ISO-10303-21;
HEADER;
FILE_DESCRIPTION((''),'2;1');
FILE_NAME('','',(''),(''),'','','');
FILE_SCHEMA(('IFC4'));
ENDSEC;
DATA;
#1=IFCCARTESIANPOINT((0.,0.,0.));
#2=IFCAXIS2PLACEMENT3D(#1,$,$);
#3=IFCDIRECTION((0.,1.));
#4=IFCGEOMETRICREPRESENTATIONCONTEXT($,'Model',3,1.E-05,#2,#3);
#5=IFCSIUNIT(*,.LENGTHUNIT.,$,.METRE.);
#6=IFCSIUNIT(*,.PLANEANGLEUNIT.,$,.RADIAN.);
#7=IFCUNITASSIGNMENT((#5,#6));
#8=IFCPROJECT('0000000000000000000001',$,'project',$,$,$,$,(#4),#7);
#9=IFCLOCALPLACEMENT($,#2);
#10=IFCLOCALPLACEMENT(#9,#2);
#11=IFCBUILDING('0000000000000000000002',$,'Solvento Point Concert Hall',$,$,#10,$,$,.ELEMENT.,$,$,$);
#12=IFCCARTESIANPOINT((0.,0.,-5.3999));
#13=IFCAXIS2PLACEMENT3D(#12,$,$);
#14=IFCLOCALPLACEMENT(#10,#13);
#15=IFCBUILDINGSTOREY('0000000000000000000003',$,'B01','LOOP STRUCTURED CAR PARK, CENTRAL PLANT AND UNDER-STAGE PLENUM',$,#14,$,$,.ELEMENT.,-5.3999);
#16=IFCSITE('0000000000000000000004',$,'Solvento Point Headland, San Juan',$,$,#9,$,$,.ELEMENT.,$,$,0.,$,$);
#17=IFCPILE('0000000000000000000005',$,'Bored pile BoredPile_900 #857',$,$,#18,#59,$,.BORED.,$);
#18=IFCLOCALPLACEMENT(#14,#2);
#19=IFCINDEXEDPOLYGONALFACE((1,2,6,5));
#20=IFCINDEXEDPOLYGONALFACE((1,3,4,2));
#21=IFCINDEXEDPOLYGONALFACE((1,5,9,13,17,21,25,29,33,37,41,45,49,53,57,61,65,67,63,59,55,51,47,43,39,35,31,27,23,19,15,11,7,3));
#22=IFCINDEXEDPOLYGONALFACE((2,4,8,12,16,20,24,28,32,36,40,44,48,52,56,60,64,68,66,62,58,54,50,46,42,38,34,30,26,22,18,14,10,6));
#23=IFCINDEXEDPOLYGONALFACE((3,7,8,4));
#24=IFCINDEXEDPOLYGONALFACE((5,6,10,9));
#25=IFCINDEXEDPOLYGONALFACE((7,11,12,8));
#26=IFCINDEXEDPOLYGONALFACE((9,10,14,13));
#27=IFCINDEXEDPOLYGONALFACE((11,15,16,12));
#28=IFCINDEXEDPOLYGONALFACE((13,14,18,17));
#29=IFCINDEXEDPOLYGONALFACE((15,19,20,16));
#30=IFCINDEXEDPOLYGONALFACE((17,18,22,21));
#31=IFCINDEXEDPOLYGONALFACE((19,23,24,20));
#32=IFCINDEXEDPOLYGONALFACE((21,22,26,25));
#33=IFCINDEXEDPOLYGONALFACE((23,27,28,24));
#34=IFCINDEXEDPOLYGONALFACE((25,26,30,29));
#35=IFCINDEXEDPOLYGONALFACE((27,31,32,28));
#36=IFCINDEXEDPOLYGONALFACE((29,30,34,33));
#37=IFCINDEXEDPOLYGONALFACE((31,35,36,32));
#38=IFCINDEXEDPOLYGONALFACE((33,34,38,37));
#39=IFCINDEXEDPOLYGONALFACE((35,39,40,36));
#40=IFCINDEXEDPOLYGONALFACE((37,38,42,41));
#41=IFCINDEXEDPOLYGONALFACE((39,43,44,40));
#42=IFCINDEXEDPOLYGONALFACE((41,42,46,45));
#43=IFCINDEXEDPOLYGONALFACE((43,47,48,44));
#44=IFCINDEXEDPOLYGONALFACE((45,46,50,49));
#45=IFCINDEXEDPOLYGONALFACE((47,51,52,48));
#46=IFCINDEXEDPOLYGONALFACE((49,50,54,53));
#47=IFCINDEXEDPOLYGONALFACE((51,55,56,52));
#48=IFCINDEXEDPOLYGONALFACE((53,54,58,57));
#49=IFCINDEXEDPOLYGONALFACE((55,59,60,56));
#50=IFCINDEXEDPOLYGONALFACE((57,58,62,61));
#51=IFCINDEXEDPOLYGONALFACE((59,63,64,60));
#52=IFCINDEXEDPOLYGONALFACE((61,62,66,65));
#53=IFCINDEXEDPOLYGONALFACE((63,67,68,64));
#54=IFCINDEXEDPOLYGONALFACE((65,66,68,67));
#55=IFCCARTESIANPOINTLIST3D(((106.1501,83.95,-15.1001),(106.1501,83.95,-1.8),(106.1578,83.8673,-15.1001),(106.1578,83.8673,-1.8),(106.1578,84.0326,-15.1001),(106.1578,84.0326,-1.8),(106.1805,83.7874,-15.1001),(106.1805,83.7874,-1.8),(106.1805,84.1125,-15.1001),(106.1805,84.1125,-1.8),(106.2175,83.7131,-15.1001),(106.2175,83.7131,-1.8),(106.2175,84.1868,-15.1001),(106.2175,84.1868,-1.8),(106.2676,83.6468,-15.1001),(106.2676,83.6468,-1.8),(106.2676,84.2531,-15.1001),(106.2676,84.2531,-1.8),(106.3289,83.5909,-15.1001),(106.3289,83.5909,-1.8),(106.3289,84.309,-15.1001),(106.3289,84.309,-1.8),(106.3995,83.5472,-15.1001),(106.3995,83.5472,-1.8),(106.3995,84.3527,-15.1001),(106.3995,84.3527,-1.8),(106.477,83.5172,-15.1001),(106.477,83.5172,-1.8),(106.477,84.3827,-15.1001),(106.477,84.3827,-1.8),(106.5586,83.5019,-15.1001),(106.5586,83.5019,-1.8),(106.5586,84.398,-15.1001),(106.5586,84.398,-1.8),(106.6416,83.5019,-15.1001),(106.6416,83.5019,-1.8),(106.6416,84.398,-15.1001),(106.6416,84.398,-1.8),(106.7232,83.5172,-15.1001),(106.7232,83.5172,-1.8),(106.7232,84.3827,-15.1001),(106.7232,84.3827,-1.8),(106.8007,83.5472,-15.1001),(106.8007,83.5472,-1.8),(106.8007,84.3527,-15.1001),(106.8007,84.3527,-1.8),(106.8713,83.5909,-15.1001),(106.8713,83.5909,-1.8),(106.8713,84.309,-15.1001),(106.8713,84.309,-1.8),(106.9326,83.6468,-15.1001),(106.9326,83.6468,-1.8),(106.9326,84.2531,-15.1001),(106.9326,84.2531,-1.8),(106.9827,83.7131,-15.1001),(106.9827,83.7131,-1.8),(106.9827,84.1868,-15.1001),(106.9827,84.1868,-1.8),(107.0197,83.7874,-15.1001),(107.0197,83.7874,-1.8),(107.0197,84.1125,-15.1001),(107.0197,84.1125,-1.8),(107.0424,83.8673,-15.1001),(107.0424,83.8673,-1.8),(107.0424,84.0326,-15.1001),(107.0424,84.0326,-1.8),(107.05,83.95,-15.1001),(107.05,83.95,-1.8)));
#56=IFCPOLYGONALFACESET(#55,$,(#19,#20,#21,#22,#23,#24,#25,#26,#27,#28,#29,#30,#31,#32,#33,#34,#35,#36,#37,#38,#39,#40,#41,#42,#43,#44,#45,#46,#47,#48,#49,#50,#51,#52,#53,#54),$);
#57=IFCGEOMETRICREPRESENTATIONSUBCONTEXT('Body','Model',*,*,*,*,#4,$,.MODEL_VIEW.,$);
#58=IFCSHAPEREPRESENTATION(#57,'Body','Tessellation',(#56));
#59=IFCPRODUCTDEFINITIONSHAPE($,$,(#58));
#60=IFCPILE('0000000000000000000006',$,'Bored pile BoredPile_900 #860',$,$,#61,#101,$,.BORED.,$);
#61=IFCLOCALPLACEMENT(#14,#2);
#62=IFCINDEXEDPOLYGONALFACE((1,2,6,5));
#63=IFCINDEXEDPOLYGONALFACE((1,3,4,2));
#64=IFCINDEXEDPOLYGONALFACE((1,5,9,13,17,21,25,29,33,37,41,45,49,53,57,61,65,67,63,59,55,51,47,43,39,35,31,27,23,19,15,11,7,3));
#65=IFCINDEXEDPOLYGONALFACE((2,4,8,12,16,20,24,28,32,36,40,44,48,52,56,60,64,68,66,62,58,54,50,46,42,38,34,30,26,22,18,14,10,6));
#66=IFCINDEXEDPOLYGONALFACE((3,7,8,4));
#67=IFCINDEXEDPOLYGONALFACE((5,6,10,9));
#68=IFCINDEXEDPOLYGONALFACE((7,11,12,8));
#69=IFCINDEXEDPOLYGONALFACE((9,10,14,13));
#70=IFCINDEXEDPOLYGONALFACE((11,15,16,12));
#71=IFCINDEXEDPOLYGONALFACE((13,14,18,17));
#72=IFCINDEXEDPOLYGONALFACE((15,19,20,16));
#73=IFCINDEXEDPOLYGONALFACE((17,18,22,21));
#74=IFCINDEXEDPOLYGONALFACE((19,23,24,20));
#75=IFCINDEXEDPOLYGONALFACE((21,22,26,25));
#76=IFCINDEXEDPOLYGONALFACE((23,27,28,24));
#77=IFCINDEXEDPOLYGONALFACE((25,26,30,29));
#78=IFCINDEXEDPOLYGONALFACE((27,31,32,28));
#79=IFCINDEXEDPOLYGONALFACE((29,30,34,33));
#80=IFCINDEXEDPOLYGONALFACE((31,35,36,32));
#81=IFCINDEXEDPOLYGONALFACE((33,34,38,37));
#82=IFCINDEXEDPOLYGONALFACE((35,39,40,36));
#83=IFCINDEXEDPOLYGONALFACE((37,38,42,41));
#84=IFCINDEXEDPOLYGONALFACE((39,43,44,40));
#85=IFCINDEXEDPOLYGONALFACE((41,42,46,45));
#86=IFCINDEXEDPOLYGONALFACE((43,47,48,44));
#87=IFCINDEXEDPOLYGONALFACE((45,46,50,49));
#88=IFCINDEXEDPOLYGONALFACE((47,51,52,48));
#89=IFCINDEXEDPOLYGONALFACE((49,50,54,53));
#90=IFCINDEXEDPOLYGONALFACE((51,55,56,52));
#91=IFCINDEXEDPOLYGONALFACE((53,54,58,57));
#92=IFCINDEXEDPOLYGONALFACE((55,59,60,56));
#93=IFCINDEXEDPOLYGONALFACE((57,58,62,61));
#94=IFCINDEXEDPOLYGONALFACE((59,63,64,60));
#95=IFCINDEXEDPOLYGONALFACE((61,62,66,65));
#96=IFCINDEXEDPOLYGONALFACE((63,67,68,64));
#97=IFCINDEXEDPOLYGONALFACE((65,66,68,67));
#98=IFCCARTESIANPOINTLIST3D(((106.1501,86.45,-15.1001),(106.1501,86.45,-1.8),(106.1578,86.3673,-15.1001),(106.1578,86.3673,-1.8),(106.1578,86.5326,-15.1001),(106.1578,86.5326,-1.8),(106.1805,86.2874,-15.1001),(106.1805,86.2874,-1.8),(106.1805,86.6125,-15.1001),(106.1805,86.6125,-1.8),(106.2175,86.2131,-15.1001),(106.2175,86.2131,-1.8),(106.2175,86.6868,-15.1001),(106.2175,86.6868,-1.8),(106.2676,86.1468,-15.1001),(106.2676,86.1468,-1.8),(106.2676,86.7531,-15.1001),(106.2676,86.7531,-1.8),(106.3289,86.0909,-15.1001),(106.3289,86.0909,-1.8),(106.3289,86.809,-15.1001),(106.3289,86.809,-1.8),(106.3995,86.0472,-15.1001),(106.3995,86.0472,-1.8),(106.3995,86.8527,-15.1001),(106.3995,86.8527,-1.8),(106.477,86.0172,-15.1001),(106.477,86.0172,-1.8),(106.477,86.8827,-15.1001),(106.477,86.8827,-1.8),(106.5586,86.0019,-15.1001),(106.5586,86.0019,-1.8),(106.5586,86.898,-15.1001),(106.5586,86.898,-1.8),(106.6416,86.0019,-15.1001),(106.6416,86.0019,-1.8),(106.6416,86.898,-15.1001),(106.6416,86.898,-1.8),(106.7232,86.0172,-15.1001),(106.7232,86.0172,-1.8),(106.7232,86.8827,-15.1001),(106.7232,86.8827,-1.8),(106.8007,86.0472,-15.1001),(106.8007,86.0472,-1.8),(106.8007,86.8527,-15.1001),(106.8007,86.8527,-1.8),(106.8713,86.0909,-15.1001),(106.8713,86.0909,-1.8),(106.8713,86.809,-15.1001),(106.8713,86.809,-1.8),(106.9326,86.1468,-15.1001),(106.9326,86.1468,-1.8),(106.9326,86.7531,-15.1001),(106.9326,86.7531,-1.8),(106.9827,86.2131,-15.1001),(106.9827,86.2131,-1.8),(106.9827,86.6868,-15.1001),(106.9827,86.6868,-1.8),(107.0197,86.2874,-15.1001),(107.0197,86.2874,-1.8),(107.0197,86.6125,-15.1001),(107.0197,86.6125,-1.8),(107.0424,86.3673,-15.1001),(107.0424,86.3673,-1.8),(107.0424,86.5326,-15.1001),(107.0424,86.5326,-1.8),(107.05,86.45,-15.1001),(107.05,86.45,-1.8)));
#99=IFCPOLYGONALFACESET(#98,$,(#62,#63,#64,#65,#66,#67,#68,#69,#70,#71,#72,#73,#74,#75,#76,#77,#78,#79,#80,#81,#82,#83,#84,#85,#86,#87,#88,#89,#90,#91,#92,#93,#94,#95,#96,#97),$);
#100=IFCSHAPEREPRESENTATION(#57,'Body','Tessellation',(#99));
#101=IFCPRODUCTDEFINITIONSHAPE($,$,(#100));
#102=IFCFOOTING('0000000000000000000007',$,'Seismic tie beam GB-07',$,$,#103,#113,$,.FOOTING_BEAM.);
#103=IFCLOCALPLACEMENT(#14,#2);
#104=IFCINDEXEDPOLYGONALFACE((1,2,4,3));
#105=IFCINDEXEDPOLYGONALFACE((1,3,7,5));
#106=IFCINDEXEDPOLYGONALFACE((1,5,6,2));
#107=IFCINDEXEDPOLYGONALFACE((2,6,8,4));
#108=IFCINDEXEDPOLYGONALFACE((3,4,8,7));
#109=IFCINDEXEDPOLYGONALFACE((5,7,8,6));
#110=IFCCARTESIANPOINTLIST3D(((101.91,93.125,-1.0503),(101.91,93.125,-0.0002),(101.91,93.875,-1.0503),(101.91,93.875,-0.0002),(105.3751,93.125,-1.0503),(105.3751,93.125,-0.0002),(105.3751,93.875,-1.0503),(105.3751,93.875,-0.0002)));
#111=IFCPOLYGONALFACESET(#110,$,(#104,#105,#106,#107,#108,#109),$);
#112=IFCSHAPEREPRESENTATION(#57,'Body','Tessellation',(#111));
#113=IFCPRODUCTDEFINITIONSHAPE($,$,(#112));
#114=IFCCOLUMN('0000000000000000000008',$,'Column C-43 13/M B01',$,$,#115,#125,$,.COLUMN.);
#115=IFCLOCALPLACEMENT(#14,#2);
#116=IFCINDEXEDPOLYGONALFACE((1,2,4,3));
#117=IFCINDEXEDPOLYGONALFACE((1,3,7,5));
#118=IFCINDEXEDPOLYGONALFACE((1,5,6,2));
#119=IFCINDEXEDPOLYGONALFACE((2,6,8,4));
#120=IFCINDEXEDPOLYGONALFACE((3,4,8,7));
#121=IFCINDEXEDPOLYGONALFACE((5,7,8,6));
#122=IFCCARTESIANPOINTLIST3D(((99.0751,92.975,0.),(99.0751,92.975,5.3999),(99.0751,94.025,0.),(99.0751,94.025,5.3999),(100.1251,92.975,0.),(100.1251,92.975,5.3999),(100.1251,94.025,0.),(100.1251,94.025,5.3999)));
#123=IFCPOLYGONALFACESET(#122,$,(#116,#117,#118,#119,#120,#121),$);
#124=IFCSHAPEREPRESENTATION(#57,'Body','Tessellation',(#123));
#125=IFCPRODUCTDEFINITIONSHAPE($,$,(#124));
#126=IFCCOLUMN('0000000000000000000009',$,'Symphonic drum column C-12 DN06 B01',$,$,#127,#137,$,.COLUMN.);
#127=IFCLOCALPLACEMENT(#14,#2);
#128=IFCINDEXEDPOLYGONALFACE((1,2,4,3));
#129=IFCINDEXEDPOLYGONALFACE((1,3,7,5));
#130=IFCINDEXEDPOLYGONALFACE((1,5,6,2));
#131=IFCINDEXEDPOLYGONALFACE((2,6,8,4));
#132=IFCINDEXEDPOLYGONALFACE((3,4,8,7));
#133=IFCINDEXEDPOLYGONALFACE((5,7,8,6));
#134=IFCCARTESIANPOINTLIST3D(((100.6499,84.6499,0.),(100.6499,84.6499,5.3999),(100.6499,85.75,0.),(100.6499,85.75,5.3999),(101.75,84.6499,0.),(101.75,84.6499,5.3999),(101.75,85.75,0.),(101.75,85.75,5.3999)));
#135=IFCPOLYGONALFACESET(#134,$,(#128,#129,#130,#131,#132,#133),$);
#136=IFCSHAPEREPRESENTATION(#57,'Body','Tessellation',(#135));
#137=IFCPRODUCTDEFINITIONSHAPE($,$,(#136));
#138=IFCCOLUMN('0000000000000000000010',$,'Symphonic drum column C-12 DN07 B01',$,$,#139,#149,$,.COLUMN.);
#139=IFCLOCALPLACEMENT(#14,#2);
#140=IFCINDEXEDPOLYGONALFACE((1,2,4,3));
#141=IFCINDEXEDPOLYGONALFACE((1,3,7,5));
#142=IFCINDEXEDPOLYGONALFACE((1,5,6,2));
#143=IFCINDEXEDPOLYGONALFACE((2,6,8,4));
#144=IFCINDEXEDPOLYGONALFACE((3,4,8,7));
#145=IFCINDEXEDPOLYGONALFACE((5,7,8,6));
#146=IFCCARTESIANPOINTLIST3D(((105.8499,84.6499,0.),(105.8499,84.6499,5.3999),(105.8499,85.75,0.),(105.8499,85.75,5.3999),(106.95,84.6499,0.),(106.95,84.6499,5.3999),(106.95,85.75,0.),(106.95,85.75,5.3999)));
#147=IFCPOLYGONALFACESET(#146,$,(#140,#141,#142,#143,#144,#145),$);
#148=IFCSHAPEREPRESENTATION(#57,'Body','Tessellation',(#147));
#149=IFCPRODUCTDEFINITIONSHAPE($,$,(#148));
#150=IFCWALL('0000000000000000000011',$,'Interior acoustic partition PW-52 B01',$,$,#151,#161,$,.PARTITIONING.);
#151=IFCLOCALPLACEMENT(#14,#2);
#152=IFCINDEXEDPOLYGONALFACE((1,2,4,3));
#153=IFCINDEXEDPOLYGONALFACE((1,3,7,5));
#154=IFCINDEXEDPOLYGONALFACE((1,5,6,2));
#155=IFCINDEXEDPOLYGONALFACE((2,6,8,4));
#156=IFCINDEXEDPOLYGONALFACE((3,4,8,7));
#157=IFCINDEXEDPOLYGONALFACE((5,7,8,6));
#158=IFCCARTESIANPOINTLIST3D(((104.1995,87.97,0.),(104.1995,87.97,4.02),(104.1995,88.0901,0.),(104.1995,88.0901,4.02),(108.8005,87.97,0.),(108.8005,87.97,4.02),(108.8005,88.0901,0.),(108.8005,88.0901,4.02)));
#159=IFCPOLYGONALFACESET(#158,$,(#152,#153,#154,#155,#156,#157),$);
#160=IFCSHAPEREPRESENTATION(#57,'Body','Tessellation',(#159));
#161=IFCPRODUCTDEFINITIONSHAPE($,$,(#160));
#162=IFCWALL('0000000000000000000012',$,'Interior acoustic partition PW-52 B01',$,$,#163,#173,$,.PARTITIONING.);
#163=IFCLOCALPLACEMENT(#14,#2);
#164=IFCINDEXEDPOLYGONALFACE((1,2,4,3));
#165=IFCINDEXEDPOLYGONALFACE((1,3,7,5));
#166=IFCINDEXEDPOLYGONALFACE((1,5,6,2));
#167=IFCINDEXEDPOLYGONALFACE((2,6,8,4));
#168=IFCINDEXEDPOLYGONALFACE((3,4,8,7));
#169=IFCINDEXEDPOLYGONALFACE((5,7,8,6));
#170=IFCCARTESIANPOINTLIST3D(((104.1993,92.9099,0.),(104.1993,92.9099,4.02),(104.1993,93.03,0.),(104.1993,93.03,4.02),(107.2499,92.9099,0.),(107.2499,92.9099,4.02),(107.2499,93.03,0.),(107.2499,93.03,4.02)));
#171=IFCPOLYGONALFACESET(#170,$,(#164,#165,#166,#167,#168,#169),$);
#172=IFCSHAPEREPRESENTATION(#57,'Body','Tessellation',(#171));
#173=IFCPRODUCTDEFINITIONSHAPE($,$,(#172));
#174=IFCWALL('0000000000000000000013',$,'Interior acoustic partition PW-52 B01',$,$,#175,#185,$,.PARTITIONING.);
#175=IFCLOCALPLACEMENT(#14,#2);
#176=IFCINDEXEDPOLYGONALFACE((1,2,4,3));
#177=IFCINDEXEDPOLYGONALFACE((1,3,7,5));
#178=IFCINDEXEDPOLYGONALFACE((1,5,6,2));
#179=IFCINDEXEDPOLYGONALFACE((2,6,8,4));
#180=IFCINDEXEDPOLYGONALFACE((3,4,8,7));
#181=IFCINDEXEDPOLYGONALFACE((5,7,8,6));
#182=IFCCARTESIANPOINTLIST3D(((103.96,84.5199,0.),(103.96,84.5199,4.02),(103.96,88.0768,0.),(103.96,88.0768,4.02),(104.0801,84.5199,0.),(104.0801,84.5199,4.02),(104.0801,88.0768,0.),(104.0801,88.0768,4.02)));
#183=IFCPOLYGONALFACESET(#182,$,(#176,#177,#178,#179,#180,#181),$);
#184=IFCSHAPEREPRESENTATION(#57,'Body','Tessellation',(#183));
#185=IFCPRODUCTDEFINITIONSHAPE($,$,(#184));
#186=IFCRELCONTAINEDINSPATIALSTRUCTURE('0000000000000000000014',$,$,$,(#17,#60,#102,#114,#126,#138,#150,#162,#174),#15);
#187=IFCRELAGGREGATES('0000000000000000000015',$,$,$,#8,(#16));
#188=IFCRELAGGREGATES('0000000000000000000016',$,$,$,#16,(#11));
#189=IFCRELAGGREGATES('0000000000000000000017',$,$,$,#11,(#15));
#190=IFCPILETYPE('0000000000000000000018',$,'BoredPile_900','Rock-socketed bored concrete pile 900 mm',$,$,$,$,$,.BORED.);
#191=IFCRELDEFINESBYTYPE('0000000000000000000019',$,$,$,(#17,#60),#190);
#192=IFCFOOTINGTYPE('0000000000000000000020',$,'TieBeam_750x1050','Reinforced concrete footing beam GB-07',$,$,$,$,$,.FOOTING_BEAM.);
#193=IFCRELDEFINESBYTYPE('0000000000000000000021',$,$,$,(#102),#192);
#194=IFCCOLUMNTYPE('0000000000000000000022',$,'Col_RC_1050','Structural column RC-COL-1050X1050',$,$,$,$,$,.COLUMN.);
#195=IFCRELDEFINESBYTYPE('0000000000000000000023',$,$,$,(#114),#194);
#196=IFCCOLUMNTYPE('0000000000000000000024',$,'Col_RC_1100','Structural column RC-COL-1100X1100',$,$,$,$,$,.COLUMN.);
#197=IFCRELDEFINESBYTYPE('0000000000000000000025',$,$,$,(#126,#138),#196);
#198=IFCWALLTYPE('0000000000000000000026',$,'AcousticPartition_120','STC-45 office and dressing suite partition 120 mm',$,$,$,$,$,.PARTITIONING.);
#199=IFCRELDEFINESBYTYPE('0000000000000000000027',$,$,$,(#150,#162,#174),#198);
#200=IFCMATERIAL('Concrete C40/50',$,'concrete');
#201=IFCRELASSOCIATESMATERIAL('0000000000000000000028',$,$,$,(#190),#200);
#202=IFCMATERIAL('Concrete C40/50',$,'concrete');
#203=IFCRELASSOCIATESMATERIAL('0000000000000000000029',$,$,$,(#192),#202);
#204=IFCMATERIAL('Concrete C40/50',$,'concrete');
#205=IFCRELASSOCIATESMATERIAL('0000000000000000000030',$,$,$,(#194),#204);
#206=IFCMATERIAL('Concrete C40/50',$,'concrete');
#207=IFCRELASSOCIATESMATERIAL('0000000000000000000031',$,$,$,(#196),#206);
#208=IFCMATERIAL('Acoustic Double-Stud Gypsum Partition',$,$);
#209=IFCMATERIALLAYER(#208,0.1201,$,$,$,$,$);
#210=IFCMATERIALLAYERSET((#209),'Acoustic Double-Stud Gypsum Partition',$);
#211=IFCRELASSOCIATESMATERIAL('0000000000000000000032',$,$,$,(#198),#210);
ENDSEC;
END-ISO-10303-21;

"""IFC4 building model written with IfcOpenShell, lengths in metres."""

from ifc_helpers import new_model, si_unit, direction, frame, frame_2d, origin, origin_2d, place, context, subcontext, project, spatial, rectangle, circle, extrude, material, layer, layer_set, material_profile, profile_set, type_object, element, save


model = new_model("IFC4")

# Units and contexts
model_context = context("Model", 3, precision=1e-05, world=origin(), true_north=direction((0.0, 1.0)))
body_context = subcontext(model_context, "Body", "Model", "MODEL_VIEW")
ifc_project = project(units=[si_unit("LENGTHUNIT", "METRE"), si_unit("PLANEANGLEUNIT", "RADIAN")], contexts=[model_context])

# Site, building, storey
site_placement = place(None, origin())
site = spatial("IfcSite", under=ifc_project, at=site_placement, Name="Solvento Point Headland, San Juan", CompositionType="ELEMENT", RefElevation=0.0)
building_placement = place(site_placement, origin())
building = spatial("IfcBuilding", under=site, at=building_placement, Name="Solvento Point Concert Hall", CompositionType="ELEMENT")
storey_placement = place(building_placement, frame((0.0, 0.0, -5.3999)))
storey = spatial("IfcBuildingStorey", under=building, at=storey_placement, Name="B01", Description="LOOP STRUCTURED CAR PARK, CENTRAL PLANT AND UNDER-STAGE PLENUM", CompositionType="ELEMENT", Elevation=-5.3999)

# Piles
ifc_material_1 = material(Name="Concrete C40/50", Category="concrete")
ifc_material_profile_1 = material_profile(ifc_material_1, circle(Radius=0.45, at=origin_2d()), Name="BP-900")
ifc_profile_set_1 = profile_set([ifc_material_profile_1], Name="Concrete C40/50")
pile_type_1 = type_object("IfcPileType", Name="BoredPile_900", Description="Rock-socketed bored concrete pile 900 mm", PredefinedType="BORED", material=ifc_profile_set_1)
for number, where, z_axis, x_axis, name in (
    (1, (106.6001, 83.95, -1.8), (0.0, 0.0, -1.0), (1.0, 0.0, 0.0), "Bored pile BoredPile_900 #857"),
    (2, (106.6001, 86.45, -1.8), (0.0, 0.0, -1.0), (1.0, 0.0, 0.0), "Bored pile BoredPile_900 #860"),
):
    element("IfcPile", number, at=place(storey_placement, frame(where, z_axis=z_axis, x_axis=x_axis)), inside=storey, type_object=pile_type_1, Name=name, PredefinedType="BORED", context=body_context, shape_type="SweptSolid", body=[
        extrude(circle(Radius=0.45, at=origin_2d()), origin(), (0.0, 0.0, 1.0), 13.3),
    ])

# Footing
ifc_material_2 = material(Name="Concrete C40/50", Category="concrete")
footing_type = type_object("IfcFootingType", Name="TieBeam_750x1050", Description="Reinforced concrete footing beam GB-07", PredefinedType="FOOTING_BEAM", material=ifc_material_2)
footing_placement = place(storey_placement, frame((103.6426, 93.5, -1.0503), z_axis=(0.0, 0.0, 1.0), x_axis=(1.0, 0.0, 0.0)))
element("IfcFooting", 3, at=footing_placement, inside=storey, type_object=footing_type, Name="Seismic tie beam GB-07", PredefinedType="FOOTING_BEAM", context=body_context, shape_type="SweptSolid", body=[
    extrude(rectangle(XDim=3.4651, YDim=0.75, at=origin_2d()), origin(), (0.0, 0.0, 1.0), 1.05),
])

# Columns
ifc_material_3 = material(Name="Concrete C40/50", Category="concrete")
ifc_material_profile_2 = material_profile(ifc_material_3, rectangle(XDim=1.05, YDim=1.05, at=origin_2d()), Name="RC-COL-1050X1050")
ifc_profile_set_2 = profile_set([ifc_material_profile_2], Name="Concrete C40/50")
column_type_1 = type_object("IfcColumnType", Name="Col_RC_1050", Description="Structural column RC-COL-1050X1050", PredefinedType="COLUMN", material=ifc_profile_set_2)
column_placement = place(storey_placement, frame((99.6001, 93.5, 0.0), z_axis=(0.0, 0.0, 1.0), x_axis=(1.0, 0.0, 0.0)))
element("IfcColumn", 4, at=column_placement, inside=storey, type_object=column_type_1, Name="Column C-43 13/M B01", PredefinedType="COLUMN", context=body_context, shape_type="SweptSolid", body=[
    extrude(rectangle(XDim=1.05, YDim=1.05, at=origin_2d()), origin(), (0.0, 0.0, 1.0), 5.3999),
])
ifc_material_4 = material(Name="Concrete C40/50", Category="concrete")
ifc_material_profile_3 = material_profile(ifc_material_4, rectangle(XDim=1.1001, YDim=1.1001, at=origin_2d()), Name="RC-COL-1100X1100")
ifc_profile_set_3 = profile_set([ifc_material_profile_3], Name="Concrete C40/50")
column_type_2 = type_object("IfcColumnType", Name="Col_RC_1100", Description="Structural column RC-COL-1100X1100", PredefinedType="COLUMN", material=ifc_profile_set_3)
for number, where, z_axis, x_axis, name in (
    (5, (101.2, 85.2, 0.0), (0.0, 0.0, 1.0), (1.0, 0.0, 0.0), "Symphonic drum column C-12 DN06 B01"),
    (6, (106.3999, 85.2, 0.0), (0.0, 0.0, 1.0), (1.0, 0.0, 0.0), "Symphonic drum column C-12 DN07 B01"),
):
    element("IfcColumn", number, at=place(storey_placement, frame(where, z_axis=z_axis, x_axis=x_axis)), inside=storey, type_object=column_type_2, Name=name, PredefinedType="COLUMN", context=body_context, shape_type="SweptSolid", body=[
        extrude(rectangle(XDim=1.1001, YDim=1.1001, at=origin_2d()), origin(), (0.0, 0.0, 1.0), 5.3999),
    ])

# Walls
ifc_material_5 = material(Name="Acoustic Double-Stud Gypsum Partition")
ifc_layer_1 = layer(ifc_material_5, 0.1201)
ifc_layer_set_1 = layer_set([ifc_layer_1], Name="Acoustic Double-Stud Gypsum Partition")
wall_type_1 = type_object("IfcWallType", Name="AcousticPartition_120", Description="STC-45 office and dressing suite partition 120 mm", PredefinedType="PARTITIONING", material=ifc_layer_set_1)
wall_1_placement = place(storey_placement, frame((104.1995, 88.03, 0.0), z_axis=(0.0, 0.0, 1.0), x_axis=(1.0, 0.0, 0.0)))
element("IfcWall", 7, at=wall_1_placement, inside=storey, type_object=wall_type_1, Name="Interior acoustic partition PW-52 B01", PredefinedType="PARTITIONING", context=body_context, shape_type="SweptSolid", body=[
    extrude(rectangle(XDim=4.6011, YDim=0.1201, at=frame_2d((2.3005, 0.0))), origin(), (0.0, 0.0, 1.0), 4.02),
])
wall_2_placement = place(storey_placement, frame((107.25, 92.97, 0.0), z_axis=(0.0, 0.0, 1.0), x_axis=(-1.0, 0.0, 0.0)))
element("IfcWall", 8, at=wall_2_placement, inside=storey, type_object=wall_type_1, Name="Interior acoustic partition PW-52 B01", PredefinedType="PARTITIONING", context=body_context, shape_type="SweptSolid", body=[
    extrude(rectangle(XDim=3.0505, YDim=0.1201, at=frame_2d((1.5254, 0.0))), origin(), (0.0, 0.0, 1.0), 4.02),
])
wall_3_placement = place(storey_placement, frame((104.02, 84.52, 0.0), z_axis=(0.0, 0.0, 1.0), x_axis=(0.0, 1.0, 0.0)))
element("IfcWall", 9, at=wall_3_placement, inside=storey, type_object=wall_type_1, Name="Interior acoustic partition PW-52 B01", PredefinedType="PARTITIONING", context=body_context, shape_type="SweptSolid", body=[
    extrude(rectangle(XDim=3.5569, YDim=0.1201, at=frame_2d((1.7783, 0.0))), origin(), (0.0, 0.0, 1.0), 4.02),
])

save(model, "model.ifc")
